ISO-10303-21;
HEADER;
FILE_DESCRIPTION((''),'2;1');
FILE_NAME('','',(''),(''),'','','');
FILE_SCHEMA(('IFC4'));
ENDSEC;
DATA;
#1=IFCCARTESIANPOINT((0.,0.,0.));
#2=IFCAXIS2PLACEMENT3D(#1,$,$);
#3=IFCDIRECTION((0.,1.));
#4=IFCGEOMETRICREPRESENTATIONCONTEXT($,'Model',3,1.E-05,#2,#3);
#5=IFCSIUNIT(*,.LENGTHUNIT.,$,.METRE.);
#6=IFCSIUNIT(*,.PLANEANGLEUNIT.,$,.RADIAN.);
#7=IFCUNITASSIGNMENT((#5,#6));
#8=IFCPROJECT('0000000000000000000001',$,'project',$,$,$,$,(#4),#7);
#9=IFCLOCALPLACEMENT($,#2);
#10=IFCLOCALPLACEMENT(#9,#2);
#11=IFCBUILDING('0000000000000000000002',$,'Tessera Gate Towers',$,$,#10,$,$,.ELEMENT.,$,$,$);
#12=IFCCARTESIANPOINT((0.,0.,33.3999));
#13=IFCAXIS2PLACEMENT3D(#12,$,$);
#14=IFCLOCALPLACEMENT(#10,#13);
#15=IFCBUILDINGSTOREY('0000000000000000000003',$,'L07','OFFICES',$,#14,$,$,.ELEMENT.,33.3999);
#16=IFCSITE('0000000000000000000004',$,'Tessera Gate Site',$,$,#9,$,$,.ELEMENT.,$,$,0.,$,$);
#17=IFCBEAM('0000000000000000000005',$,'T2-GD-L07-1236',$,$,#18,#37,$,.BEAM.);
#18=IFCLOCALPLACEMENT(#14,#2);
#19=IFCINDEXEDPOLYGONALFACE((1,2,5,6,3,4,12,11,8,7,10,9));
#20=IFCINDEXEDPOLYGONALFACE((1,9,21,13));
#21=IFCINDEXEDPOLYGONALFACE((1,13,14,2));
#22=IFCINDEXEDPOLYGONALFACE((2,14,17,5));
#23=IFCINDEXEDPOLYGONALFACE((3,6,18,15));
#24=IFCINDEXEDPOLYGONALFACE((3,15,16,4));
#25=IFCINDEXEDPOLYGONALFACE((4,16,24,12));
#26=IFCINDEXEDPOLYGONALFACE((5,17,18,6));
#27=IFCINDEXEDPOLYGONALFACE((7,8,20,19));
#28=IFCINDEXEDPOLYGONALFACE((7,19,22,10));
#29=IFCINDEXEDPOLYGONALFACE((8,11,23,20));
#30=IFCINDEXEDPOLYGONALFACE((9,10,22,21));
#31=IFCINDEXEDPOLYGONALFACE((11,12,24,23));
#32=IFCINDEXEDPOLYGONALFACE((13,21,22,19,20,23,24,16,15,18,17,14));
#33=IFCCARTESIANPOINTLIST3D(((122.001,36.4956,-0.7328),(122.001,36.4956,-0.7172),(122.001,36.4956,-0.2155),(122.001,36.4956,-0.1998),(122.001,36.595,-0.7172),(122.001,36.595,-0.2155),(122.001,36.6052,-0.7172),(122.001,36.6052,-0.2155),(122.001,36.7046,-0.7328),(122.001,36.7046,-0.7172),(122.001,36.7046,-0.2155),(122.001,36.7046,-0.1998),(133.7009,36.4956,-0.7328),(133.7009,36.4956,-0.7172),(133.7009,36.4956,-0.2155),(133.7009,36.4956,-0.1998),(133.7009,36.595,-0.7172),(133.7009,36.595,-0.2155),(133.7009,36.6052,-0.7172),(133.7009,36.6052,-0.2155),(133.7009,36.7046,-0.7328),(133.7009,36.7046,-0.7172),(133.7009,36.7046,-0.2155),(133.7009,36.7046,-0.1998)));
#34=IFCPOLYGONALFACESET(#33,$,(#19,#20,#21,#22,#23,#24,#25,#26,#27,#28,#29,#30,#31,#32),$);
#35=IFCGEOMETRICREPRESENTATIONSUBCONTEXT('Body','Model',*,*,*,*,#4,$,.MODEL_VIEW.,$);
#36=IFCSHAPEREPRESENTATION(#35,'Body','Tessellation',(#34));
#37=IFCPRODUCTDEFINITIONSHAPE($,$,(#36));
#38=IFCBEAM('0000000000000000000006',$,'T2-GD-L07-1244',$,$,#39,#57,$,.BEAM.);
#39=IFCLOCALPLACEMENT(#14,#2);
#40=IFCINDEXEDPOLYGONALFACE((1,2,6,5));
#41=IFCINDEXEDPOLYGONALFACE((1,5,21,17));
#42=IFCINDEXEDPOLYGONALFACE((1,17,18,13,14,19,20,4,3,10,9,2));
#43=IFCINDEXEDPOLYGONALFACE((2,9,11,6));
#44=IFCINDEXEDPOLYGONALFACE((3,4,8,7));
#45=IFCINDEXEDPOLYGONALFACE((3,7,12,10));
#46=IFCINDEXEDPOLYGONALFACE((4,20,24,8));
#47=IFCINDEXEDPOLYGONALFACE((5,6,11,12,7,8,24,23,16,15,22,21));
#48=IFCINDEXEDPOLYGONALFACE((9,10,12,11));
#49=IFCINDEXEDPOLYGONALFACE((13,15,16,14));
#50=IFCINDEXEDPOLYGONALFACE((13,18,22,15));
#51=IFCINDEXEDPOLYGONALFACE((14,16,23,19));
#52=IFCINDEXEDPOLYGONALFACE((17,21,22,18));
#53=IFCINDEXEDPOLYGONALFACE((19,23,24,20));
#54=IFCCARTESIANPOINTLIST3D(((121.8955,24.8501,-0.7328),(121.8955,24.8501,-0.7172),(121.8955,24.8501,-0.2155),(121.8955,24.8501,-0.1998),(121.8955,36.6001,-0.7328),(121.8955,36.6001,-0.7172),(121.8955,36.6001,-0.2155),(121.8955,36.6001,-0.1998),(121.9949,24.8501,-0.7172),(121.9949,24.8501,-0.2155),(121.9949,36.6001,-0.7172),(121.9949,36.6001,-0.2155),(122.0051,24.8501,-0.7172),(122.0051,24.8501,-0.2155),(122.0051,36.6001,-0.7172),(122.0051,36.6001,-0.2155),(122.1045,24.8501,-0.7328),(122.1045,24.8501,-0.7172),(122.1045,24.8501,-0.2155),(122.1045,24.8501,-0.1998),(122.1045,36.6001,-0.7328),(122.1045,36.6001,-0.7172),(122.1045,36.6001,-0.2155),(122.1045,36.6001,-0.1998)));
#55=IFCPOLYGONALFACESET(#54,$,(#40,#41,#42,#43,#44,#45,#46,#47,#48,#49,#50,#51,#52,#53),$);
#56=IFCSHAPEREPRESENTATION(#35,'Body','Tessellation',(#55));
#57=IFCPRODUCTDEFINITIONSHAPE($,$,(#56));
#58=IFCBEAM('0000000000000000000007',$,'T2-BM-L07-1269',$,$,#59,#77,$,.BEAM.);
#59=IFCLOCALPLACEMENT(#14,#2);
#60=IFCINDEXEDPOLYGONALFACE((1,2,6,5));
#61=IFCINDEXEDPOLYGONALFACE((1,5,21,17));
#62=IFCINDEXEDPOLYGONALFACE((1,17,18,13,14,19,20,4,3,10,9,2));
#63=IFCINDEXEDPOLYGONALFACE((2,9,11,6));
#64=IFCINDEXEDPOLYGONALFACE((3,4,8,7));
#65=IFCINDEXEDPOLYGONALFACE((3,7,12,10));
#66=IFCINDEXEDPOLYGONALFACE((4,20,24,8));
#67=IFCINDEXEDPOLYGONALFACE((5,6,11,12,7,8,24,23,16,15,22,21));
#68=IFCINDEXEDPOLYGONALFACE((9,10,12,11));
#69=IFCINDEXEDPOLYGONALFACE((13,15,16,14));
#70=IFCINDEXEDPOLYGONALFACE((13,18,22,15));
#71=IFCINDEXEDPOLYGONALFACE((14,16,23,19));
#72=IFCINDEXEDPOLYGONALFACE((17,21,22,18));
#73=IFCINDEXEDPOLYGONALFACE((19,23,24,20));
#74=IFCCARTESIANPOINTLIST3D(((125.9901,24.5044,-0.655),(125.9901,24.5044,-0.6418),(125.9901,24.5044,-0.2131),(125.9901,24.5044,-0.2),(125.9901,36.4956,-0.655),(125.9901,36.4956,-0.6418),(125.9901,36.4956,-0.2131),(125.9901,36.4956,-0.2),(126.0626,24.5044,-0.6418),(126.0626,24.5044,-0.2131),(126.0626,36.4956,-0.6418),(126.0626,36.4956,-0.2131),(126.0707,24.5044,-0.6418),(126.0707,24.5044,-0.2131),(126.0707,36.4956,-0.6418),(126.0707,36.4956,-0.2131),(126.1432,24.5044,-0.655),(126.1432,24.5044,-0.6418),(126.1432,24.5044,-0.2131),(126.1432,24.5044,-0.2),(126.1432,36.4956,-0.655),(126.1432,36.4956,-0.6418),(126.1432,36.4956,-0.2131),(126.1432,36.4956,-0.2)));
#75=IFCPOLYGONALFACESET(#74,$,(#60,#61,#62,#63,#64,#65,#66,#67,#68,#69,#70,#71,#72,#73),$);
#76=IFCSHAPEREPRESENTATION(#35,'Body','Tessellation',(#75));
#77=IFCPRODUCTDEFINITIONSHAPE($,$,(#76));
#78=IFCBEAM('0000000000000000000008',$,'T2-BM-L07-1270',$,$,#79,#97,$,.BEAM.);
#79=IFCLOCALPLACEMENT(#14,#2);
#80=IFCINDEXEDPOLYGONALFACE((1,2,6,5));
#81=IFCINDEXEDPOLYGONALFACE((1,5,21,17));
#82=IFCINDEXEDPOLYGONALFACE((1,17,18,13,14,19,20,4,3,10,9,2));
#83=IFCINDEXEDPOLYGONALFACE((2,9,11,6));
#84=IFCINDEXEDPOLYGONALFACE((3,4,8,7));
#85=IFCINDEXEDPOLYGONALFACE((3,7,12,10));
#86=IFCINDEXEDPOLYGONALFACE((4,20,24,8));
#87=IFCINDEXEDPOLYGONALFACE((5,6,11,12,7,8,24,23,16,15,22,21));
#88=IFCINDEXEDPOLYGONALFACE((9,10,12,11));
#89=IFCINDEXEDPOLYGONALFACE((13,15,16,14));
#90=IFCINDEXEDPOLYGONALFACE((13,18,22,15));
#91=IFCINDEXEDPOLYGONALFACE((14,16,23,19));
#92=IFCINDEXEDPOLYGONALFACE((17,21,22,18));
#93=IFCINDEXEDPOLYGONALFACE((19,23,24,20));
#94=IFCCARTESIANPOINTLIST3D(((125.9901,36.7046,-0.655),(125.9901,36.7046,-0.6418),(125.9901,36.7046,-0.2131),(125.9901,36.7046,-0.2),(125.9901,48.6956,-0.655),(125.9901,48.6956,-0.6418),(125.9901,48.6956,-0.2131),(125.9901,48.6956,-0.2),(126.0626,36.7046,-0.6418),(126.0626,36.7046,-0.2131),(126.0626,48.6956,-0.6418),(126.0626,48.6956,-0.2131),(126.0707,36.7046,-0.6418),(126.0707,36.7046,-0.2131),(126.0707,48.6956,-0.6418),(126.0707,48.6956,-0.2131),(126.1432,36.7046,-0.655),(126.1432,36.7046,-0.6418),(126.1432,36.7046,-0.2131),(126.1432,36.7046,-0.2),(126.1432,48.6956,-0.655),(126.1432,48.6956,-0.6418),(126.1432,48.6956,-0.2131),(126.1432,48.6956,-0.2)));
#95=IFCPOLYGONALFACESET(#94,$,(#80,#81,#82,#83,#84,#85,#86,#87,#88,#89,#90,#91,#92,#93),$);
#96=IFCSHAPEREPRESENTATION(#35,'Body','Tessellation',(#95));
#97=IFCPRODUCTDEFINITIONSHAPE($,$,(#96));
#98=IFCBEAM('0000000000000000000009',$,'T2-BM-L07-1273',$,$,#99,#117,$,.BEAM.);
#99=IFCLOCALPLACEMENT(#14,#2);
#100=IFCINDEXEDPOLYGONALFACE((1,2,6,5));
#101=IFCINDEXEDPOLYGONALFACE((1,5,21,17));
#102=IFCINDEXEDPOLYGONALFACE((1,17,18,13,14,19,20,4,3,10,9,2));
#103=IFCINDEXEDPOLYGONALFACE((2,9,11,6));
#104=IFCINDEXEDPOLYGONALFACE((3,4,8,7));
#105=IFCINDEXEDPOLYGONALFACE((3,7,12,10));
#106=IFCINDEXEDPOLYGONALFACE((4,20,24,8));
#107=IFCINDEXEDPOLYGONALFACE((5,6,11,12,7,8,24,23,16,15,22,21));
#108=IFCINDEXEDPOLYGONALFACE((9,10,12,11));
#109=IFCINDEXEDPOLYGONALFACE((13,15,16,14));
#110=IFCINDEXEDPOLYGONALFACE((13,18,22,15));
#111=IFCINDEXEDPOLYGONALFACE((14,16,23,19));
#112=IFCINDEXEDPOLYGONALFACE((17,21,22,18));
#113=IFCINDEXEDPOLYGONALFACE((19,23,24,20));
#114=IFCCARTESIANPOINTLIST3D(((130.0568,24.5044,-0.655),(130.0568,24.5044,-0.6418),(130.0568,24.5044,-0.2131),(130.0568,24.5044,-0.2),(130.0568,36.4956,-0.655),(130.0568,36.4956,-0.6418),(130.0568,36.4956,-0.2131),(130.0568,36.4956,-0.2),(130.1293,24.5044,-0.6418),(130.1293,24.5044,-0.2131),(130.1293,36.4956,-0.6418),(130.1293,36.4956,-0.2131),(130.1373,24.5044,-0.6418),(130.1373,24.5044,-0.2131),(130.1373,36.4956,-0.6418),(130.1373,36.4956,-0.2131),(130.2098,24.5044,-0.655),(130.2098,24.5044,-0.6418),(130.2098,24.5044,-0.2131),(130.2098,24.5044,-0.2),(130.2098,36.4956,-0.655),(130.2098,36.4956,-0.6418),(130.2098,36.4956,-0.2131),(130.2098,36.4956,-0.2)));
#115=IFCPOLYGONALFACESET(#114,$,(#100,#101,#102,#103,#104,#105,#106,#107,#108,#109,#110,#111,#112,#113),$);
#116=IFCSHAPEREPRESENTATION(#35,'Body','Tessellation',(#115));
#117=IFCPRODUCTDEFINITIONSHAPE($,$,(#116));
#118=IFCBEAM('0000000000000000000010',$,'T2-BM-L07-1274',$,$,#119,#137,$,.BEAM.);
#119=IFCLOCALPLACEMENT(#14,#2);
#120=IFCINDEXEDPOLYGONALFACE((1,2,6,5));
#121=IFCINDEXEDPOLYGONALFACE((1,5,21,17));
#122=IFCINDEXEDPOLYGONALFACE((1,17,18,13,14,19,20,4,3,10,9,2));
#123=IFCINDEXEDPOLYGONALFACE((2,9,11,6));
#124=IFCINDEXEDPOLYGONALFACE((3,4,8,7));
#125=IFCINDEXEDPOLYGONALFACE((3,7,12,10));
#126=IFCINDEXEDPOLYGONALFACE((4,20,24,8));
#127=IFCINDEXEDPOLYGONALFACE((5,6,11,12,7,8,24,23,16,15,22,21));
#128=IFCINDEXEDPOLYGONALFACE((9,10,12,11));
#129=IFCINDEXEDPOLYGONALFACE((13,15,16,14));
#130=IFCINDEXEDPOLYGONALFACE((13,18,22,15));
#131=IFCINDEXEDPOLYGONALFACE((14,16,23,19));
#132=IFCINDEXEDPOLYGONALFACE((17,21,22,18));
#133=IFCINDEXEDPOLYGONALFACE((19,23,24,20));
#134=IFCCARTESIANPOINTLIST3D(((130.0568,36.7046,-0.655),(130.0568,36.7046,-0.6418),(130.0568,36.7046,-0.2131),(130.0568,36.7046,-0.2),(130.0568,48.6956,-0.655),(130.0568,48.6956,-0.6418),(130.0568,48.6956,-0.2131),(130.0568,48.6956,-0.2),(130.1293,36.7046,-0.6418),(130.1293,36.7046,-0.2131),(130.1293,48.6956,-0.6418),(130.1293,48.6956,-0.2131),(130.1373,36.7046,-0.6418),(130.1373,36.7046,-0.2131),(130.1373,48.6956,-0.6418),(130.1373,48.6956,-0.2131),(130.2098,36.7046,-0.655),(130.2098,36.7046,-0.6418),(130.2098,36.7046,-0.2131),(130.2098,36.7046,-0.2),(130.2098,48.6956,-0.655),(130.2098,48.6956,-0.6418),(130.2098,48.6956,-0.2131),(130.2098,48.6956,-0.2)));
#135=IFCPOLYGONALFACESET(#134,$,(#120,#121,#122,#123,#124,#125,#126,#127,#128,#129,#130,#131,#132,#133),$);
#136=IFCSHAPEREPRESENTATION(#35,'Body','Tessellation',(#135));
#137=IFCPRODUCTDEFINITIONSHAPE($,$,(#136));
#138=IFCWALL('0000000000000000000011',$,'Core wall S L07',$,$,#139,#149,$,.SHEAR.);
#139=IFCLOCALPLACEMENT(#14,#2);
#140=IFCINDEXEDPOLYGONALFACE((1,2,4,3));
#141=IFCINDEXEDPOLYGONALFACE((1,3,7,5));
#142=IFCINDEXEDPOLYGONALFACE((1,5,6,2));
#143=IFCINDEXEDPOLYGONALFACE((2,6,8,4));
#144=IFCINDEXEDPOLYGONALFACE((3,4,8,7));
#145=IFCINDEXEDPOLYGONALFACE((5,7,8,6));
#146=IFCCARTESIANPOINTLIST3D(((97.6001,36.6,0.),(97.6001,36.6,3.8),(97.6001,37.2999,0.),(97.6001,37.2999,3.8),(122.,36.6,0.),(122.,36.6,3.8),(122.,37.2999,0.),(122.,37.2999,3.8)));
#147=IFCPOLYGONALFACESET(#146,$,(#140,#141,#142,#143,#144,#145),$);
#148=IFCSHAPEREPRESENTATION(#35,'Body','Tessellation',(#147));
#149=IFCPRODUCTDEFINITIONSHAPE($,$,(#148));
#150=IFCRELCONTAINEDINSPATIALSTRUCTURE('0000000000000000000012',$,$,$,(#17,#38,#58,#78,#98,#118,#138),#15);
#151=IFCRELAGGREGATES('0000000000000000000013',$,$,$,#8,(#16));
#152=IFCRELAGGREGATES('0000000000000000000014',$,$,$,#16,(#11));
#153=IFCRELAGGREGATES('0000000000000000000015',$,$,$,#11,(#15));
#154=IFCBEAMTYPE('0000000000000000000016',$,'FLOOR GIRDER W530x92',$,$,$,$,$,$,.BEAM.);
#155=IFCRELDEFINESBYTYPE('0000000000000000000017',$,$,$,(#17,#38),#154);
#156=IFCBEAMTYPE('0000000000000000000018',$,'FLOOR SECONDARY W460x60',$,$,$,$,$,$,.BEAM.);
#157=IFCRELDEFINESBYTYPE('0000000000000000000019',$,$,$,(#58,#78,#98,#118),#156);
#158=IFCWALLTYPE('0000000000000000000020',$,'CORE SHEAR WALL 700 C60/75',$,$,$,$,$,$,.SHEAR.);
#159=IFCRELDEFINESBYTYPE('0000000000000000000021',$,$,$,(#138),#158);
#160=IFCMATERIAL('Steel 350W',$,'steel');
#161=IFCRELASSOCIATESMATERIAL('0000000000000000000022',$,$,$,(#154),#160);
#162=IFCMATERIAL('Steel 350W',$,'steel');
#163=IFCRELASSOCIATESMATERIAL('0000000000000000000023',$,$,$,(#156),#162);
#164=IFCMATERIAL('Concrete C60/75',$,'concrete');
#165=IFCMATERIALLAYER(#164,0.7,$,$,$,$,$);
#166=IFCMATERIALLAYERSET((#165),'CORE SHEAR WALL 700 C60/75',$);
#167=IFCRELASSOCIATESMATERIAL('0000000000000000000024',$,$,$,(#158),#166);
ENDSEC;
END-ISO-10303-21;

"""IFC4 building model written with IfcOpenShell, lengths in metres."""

from ifc_helpers import new_model, si_unit, direction, frame, frame_2d, origin, origin_2d, place, context, subcontext, project, spatial, rectangle, i_section, extrude, material, layer, layer_set, material_profile, profile_set, type_object, element, save


model = new_model("IFC4")

# Units and contexts
model_context = context("Model", 3, precision=1e-05, world=origin(), true_north=direction((0.0, 1.0)))
body_context = subcontext(model_context, "Body", "Model", "MODEL_VIEW")
ifc_project = project(units=[si_unit("LENGTHUNIT", "METRE"), si_unit("PLANEANGLEUNIT", "RADIAN")], contexts=[model_context])

# Site, building, storey
site_placement = place(None, origin())
site = spatial("IfcSite", under=ifc_project, at=site_placement, Name="Tessera Gate Site", CompositionType="ELEMENT", RefElevation=0.0)
building_placement = place(site_placement, origin())
building = spatial("IfcBuilding", under=site, at=building_placement, Name="Tessera Gate Towers", CompositionType="ELEMENT")
storey_placement = place(building_placement, frame((0.0, 0.0, 33.3999)))
storey = spatial("IfcBuildingStorey", under=building, at=storey_placement, Name="L07", Description="OFFICES", CompositionType="ELEMENT", Elevation=33.3999)

# Beams
ifc_material_1 = material(Name="Steel 350W", Category="steel")
ifc_material_profile_1 = material_profile(ifc_material_1, i_section(OverallWidth=0.209, OverallDepth=0.533, WebThickness=0.0103, FlangeThickness=0.0156, at=origin_2d()), Name="W530x92")
ifc_profile_set_1 = profile_set([ifc_material_profile_1], Name="Steel 350W")
beam_type_1 = type_object("IfcBeamType", Name="FLOOR GIRDER W530x92", PredefinedType="BEAM", material=ifc_profile_set_1)
beam_1_placement = place(storey_placement, frame((122.001, 36.6001, -0.4663), z_axis=(1.0, 0.0, 0.0), x_axis=(0.0, 1.0, 0.0)))
element("IfcBeam", 1, at=beam_1_placement, inside=storey, type_object=beam_type_1, Name="T2-GD-L07-1236", PredefinedType="BEAM", context=body_context, shape_type="SweptSolid", body=[
    extrude(i_section(OverallWidth=0.209, OverallDepth=0.533, WebThickness=0.0103, FlangeThickness=0.0156, at=origin_2d()), origin(), (0.0, 0.0, 1.0), 11.7),
])
beam_2_placement = place(storey_placement, frame((122.0, 24.8501, -0.4663), z_axis=(0.0, 1.0, 0.0), x_axis=(-1.0, 0.0, 0.0)))
element("IfcBeam", 2, at=beam_2_placement, inside=storey, type_object=beam_type_1, Name="T2-GD-L07-1244", PredefinedType="BEAM", context=body_context, shape_type="SweptSolid", body=[
    extrude(i_section(OverallWidth=0.209, OverallDepth=0.533, WebThickness=0.0103, FlangeThickness=0.0156, at=origin_2d()), origin(), (0.0, 0.0, 1.0), 11.75),
])
ifc_material_2 = material(Name="Steel 350W", Category="steel")
ifc_material_profile_2 = material_profile(ifc_material_2, i_section(OverallWidth=0.1531, OverallDepth=0.4551, WebThickness=0.0081, FlangeThickness=0.0132, at=origin_2d()), Name="W460x60")
ifc_profile_set_2 = profile_set([ifc_material_profile_2], Name="Steel 350W")
beam_type_2 = type_object("IfcBeamType", Name="FLOOR SECONDARY W460x60", PredefinedType="BEAM", material=ifc_profile_set_2)
beam_3_placement = place(storey_placement, frame((126.0667, 24.5044, -0.4275), z_axis=(0.0, 1.0, 0.0), x_axis=(-1.0, 0.0, 0.0)))
element("IfcBeam", 3, at=beam_3_placement, inside=storey, type_object=beam_type_2, Name="T2-BM-L07-1269", PredefinedType="BEAM", context=body_context, shape_type="SweptSolid", body=[
    extrude(i_section(OverallWidth=0.1531, OverallDepth=0.4551, WebThickness=0.0081, FlangeThickness=0.0132, at=origin_2d()), origin(), (0.0, 0.0, 1.0), 11.9912),
])
beam_4_placement = place(storey_placement, frame((126.0667, 36.7046, -0.4275), z_axis=(0.0, 1.0, 0.0), x_axis=(-1.0, 0.0, 0.0)))
element("IfcBeam", 4, at=beam_4_placement, inside=storey, type_object=beam_type_2, Name="T2-BM-L07-1270", PredefinedType="BEAM", context=body_context, shape_type="SweptSolid", body=[
    extrude(i_section(OverallWidth=0.1531, OverallDepth=0.4551, WebThickness=0.0081, FlangeThickness=0.0132, at=origin_2d()), origin(), (0.0, 0.0, 1.0), 11.991),
])
beam_5_placement = place(storey_placement, frame((130.1333, 24.5044, -0.4275), z_axis=(0.0, 1.0, 0.0), x_axis=(-1.0, 0.0, 0.0)))
element("IfcBeam", 5, at=beam_5_placement, inside=storey, type_object=beam_type_2, Name="T2-BM-L07-1273", PredefinedType="BEAM", context=body_context, shape_type="SweptSolid", body=[
    extrude(i_section(OverallWidth=0.1531, OverallDepth=0.4551, WebThickness=0.0081, FlangeThickness=0.0132, at=origin_2d()), origin(), (0.0, 0.0, 1.0), 11.9912),
])
beam_6_placement = place(storey_placement, frame((130.1333, 36.7046, -0.4275), z_axis=(0.0, 1.0, 0.0), x_axis=(-1.0, 0.0, 0.0)))
element("IfcBeam", 6, at=beam_6_placement, inside=storey, type_object=beam_type_2, Name="T2-BM-L07-1274", PredefinedType="BEAM", context=body_context, shape_type="SweptSolid", body=[
    extrude(i_section(OverallWidth=0.1531, OverallDepth=0.4551, WebThickness=0.0081, FlangeThickness=0.0132, at=origin_2d()), origin(), (0.0, 0.0, 1.0), 11.991),
])

# Wall
ifc_material_3 = material(Name="Concrete C60/75", Category="concrete")
ifc_layer_1 = layer(ifc_material_3, 0.7)
ifc_layer_set_1 = layer_set([ifc_layer_1], Name="CORE SHEAR WALL 700 C60/75")
wall_type_1 = type_object("IfcWallType", Name="CORE SHEAR WALL 700 C60/75", PredefinedType="SHEAR", material=ifc_layer_set_1)
wall_1_placement = place(storey_placement, frame((122.0, 36.95, 0.0), z_axis=(0.0, 0.0, 1.0), x_axis=(-1.0, 0.0, 0.0)))
element("IfcWall", 7, at=wall_1_placement, inside=storey, type_object=wall_type_1, Name="Core wall S L07", PredefinedType="SHEAR", context=body_context, shape_type="SweptSolid", body=[
    extrude(rectangle(XDim=24.3999, YDim=0.7, at=frame_2d((12.2, 0.0))), origin(), (0.0, 0.0, 1.0), 3.8),
])

save(model, "model.ifc")
